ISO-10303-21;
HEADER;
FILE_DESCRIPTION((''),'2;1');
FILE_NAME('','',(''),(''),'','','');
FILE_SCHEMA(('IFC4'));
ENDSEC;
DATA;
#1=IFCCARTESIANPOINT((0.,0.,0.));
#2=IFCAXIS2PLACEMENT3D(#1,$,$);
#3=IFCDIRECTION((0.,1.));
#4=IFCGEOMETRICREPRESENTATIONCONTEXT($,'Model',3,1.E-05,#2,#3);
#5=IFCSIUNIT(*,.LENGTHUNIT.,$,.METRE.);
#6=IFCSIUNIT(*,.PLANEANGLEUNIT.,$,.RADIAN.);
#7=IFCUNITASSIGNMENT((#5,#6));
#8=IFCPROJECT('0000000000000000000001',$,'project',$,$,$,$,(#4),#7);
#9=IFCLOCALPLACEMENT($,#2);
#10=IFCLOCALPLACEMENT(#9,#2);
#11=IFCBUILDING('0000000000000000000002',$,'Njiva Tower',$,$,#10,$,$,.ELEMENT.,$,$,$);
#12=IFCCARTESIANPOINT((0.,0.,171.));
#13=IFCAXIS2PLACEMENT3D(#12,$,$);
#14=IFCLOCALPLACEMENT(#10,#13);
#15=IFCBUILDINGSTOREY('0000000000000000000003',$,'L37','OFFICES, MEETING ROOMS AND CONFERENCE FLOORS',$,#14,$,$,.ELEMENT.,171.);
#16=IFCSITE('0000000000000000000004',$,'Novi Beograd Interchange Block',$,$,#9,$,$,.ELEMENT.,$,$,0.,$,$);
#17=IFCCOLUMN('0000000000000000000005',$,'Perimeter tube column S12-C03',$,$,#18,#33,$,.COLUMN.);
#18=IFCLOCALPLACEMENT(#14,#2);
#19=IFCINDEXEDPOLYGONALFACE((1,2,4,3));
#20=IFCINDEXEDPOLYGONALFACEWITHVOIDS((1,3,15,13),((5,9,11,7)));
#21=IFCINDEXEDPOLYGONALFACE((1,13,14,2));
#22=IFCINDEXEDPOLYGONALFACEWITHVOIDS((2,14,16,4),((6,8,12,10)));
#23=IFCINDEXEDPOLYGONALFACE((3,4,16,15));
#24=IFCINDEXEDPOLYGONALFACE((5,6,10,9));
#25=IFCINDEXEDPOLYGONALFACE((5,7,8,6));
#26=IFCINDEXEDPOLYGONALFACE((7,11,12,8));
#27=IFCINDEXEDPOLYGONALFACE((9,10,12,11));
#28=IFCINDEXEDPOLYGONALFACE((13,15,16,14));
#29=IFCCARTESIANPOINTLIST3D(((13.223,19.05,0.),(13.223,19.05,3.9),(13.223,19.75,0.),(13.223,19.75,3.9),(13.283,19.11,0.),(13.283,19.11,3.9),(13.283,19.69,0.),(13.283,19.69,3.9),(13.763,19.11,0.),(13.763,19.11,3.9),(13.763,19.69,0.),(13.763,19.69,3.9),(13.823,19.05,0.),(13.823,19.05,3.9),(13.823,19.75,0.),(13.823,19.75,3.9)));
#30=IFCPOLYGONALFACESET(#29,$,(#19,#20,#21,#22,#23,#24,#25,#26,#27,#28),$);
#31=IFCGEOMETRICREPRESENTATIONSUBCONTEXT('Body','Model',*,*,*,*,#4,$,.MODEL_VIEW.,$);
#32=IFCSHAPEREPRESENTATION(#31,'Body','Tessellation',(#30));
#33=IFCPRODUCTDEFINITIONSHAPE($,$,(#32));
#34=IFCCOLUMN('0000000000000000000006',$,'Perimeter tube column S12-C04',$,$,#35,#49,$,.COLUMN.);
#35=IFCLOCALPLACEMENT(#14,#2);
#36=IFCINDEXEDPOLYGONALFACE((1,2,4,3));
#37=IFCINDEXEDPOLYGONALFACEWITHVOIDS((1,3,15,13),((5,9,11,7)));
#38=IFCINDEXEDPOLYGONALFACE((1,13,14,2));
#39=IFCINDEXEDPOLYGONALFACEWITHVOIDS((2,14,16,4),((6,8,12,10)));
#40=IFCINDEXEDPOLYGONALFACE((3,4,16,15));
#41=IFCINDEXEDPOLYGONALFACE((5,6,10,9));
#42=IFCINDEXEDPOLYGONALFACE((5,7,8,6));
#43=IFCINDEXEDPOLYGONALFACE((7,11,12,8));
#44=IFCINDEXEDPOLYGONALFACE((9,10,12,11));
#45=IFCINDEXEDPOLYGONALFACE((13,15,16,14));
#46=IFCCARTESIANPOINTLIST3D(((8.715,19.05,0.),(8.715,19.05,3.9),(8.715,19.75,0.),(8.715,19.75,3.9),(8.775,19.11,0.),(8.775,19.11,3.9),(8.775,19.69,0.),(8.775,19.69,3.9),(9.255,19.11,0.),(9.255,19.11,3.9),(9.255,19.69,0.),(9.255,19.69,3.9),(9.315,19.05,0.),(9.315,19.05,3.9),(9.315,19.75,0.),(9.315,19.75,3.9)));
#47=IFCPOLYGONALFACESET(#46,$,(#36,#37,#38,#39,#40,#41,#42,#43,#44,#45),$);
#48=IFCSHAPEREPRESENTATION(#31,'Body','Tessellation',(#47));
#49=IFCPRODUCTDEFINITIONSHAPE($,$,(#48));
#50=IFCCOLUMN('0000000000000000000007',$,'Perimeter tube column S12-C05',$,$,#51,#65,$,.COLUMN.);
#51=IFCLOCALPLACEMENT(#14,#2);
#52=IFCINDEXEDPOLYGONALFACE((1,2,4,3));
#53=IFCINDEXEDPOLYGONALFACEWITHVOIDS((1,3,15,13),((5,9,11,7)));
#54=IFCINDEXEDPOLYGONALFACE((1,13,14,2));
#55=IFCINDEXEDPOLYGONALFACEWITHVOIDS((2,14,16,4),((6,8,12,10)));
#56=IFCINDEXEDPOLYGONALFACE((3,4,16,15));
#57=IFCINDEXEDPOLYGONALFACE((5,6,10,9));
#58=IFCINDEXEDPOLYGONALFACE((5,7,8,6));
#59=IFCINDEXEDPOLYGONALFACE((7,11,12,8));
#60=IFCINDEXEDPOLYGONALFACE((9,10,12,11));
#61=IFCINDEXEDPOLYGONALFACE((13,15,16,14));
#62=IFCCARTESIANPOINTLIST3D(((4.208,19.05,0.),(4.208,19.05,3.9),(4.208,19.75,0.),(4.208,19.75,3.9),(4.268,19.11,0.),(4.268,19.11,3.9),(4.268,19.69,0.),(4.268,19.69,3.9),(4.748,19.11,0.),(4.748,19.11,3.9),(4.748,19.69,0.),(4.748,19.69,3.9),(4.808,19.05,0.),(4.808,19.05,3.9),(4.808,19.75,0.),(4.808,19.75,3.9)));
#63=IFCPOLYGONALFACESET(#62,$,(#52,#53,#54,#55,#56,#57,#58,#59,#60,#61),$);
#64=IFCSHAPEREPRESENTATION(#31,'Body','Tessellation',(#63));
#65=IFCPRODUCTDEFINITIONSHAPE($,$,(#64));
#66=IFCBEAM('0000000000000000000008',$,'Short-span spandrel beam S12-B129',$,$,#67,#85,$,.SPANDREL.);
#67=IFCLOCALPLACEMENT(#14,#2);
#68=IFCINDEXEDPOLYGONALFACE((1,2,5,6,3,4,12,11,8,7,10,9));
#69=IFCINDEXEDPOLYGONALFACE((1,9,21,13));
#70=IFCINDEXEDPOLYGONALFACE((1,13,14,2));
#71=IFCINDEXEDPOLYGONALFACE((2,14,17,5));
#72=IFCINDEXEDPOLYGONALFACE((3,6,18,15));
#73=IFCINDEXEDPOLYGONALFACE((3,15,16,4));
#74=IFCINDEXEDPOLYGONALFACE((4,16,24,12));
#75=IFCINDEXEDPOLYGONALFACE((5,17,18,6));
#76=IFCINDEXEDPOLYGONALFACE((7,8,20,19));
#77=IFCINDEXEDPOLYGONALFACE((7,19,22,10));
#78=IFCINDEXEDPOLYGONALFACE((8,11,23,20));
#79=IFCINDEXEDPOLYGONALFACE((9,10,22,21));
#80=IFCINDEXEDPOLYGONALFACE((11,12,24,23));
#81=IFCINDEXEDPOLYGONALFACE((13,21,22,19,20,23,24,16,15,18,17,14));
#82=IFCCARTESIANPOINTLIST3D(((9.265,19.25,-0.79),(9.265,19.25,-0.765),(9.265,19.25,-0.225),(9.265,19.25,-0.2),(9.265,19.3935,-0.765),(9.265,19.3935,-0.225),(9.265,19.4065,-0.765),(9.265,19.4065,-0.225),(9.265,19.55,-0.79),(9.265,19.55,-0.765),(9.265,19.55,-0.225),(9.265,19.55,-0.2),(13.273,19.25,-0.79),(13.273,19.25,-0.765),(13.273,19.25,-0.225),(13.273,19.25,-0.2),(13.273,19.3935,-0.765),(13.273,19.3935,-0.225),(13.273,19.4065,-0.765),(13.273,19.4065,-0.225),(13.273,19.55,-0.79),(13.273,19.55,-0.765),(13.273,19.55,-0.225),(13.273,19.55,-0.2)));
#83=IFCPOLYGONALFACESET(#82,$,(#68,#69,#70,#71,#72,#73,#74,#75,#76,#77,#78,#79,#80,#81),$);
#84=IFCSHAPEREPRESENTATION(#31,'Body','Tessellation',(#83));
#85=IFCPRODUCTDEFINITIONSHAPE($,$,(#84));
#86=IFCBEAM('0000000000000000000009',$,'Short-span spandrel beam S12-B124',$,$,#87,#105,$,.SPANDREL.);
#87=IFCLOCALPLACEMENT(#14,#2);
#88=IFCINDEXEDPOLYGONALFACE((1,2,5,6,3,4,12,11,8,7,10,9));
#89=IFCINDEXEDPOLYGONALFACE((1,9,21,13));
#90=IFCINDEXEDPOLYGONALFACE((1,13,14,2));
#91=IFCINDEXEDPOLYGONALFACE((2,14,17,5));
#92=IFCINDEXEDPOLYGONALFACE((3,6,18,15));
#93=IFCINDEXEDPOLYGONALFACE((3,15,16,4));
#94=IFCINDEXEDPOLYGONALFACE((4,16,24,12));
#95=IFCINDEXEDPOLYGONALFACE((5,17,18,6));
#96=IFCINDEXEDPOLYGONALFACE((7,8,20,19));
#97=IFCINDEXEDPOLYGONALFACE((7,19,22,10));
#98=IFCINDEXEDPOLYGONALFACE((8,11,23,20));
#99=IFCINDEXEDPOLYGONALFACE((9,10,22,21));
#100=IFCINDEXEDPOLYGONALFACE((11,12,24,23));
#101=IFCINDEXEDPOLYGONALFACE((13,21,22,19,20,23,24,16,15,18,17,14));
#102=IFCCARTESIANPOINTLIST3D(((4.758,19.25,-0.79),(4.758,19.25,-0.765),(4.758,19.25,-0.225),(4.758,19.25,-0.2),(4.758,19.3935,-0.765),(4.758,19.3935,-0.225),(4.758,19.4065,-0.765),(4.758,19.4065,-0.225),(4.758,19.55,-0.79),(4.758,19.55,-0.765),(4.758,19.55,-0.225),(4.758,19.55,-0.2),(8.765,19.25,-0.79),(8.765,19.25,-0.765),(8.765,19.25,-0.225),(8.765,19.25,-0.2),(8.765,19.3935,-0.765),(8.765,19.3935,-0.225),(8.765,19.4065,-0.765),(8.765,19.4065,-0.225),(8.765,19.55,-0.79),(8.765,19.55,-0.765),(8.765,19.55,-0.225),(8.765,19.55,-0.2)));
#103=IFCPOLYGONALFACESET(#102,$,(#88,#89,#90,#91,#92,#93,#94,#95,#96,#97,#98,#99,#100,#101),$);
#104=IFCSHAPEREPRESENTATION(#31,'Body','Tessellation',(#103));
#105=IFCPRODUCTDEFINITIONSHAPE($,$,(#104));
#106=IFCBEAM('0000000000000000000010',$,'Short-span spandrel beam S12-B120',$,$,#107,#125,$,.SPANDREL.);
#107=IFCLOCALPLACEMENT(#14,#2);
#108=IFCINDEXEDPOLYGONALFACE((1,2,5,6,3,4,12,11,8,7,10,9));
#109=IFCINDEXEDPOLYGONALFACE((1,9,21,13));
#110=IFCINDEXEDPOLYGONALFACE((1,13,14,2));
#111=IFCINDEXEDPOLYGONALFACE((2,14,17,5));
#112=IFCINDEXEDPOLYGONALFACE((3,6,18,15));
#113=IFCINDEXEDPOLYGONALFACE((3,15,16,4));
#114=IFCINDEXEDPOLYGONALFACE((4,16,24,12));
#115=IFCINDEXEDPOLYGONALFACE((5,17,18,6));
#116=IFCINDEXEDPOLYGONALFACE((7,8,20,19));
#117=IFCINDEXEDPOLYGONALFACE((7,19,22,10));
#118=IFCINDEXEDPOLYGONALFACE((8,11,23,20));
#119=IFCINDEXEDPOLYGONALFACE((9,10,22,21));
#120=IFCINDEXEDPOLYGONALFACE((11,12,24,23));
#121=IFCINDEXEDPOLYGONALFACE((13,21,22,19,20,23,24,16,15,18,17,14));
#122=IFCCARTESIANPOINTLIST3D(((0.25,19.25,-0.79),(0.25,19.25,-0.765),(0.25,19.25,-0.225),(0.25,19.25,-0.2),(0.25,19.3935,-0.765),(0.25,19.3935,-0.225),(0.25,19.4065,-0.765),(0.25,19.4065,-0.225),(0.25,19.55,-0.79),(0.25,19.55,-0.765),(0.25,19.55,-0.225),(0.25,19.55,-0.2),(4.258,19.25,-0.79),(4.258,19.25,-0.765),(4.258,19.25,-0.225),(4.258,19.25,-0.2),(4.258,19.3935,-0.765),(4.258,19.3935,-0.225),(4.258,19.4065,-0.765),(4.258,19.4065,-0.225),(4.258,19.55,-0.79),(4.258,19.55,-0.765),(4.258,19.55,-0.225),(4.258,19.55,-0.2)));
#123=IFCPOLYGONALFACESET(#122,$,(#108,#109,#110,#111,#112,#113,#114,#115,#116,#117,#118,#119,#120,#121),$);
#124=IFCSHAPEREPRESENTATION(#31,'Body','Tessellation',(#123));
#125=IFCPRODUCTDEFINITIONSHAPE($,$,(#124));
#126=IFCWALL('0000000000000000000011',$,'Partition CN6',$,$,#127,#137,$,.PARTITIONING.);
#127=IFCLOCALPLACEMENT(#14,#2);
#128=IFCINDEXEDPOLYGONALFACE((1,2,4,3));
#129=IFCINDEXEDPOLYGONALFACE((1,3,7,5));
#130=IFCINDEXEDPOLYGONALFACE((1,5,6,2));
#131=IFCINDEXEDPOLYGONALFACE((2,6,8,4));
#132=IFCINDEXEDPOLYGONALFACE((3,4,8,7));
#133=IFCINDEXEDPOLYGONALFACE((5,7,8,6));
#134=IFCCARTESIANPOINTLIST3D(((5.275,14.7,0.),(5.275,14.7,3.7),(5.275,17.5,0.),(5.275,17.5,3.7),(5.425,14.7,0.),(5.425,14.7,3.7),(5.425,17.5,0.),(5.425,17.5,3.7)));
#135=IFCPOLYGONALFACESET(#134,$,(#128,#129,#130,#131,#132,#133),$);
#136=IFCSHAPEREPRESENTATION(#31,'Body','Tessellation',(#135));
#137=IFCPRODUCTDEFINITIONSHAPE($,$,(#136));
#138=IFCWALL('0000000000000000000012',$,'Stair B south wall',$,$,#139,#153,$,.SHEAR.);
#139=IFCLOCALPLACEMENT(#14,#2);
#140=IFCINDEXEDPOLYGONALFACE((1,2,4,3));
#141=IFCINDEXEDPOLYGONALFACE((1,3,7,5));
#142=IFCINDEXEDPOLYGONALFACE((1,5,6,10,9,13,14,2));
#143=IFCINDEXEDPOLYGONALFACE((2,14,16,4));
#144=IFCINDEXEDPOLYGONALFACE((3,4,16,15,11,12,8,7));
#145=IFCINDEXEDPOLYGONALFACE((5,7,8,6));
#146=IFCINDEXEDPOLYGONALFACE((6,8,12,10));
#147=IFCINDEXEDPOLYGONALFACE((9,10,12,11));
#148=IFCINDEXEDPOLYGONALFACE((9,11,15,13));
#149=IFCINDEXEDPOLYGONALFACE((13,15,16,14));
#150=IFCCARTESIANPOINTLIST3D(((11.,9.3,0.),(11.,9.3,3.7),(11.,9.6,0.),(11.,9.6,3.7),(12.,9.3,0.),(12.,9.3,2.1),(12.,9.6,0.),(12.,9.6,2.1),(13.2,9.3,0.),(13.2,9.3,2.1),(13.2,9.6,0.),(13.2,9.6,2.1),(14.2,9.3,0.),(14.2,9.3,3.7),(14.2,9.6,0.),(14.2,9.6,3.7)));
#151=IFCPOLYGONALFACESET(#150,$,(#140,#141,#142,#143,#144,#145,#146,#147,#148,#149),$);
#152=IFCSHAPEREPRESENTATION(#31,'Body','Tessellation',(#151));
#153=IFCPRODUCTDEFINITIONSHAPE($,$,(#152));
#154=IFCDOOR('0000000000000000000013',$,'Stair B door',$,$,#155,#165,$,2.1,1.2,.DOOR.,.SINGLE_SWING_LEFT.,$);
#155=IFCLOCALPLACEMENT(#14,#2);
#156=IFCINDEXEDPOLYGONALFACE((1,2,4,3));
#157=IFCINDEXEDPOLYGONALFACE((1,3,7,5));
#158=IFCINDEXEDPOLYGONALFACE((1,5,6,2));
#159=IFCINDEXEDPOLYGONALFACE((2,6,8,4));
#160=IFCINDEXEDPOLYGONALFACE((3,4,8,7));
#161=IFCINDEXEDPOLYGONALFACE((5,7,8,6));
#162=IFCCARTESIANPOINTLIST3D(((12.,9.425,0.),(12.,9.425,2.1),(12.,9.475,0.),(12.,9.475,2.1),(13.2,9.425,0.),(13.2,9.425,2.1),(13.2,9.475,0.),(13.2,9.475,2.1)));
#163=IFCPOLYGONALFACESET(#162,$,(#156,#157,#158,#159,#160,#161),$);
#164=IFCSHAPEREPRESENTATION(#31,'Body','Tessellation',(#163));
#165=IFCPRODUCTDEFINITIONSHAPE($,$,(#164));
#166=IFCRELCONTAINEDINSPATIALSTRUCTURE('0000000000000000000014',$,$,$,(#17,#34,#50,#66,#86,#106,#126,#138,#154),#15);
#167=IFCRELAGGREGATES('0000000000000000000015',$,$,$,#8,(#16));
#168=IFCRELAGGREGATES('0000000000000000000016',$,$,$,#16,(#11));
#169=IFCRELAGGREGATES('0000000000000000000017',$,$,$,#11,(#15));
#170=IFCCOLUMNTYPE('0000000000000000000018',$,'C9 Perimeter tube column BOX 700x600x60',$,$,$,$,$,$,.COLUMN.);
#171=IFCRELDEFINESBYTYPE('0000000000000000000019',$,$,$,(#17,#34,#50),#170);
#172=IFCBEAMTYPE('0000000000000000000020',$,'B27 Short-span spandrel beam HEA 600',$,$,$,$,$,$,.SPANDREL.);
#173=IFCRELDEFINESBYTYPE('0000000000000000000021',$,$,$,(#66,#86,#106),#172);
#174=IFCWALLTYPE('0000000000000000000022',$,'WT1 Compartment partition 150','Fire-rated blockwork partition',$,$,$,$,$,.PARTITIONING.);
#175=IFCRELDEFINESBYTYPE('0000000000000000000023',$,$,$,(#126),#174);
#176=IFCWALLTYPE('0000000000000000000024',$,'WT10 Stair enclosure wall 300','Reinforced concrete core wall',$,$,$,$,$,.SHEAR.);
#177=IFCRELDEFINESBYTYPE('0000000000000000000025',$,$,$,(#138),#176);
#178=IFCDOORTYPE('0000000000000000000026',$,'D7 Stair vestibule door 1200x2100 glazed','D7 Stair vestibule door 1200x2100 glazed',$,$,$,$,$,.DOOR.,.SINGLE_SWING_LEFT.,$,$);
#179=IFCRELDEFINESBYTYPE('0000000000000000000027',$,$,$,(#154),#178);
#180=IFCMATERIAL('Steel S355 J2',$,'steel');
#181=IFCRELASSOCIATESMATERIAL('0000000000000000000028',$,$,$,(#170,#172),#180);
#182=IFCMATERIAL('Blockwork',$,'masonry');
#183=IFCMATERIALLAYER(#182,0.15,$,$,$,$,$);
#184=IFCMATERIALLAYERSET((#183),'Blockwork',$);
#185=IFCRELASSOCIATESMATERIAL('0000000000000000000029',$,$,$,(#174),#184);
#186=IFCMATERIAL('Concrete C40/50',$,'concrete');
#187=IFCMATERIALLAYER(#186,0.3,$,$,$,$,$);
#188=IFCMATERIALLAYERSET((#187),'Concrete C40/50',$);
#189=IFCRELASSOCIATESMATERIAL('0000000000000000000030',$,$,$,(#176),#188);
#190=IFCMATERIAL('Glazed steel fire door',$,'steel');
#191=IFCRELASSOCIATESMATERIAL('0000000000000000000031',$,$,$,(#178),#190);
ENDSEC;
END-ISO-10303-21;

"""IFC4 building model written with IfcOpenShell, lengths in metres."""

from ifc_helpers import new_model, si_unit, direction, frame, frame_2d, origin, origin_2d, place, context, subcontext, project, spatial, rectangle, hollow_rectangle, i_section, extrude, material, layer, layer_set, material_profile, profile_set, type_object, element, fill, save


model = new_model("IFC4")

# Units and contexts
model_context = context("Model", 3, precision=1e-05, world=origin(), true_north=direction((0.0, 1.0)))
body_context = subcontext(model_context, "Body", "Model", "MODEL_VIEW")
ifc_project = project(units=[si_unit("LENGTHUNIT", "METRE"), si_unit("PLANEANGLEUNIT", "RADIAN")], contexts=[model_context])

# Site, building, storey
site_placement = place(None, origin())
site = spatial("IfcSite", under=ifc_project, at=site_placement, Name="Novi Beograd Interchange Block", CompositionType="ELEMENT", RefElevation=0.0)
building_placement = place(site_placement, origin())
building = spatial("IfcBuilding", under=site, at=building_placement, Name="Njiva Tower", CompositionType="ELEMENT")
storey_placement = place(building_placement, frame((0.0, 0.0, 171.0)))
storey = spatial("IfcBuildingStorey", under=building, at=storey_placement, Name="L37", Description="OFFICES, MEETING ROOMS AND CONFERENCE FLOORS", CompositionType="ELEMENT", Elevation=171.0)

# Columns
ifc_material_1 = material(Name="Steel S355 J2", Category="steel")
ifc_material_profile_1 = material_profile(ifc_material_1, hollow_rectangle(XDim=0.6, YDim=0.7, WallThickness=0.06, at=origin_2d()), Name="BOX 700x600x60")
ifc_profile_set_1 = profile_set([ifc_material_profile_1], Name="Steel S355 J2")
column_type = type_object("IfcColumnType", Name="C9 Perimeter tube column BOX 700x600x60", PredefinedType="COLUMN", material=ifc_profile_set_1)
for number, where, z_axis, x_axis, name in (
    (1, (13.523, 19.4, 0.0), (0.0, 0.0, 1.0), (-1.0, 0.0, 0.0), "Perimeter tube column S12-C03"),
    (2, (9.015, 19.4, 0.0), (0.0, 0.0, 1.0), (-1.0, 0.0, 0.0), "Perimeter tube column S12-C04"),
    (3, (4.508, 19.4, 0.0), (0.0, 0.0, 1.0), (-1.0, 0.0, 0.0), "Perimeter tube column S12-C05"),
):
    element("IfcColumn", number, at=place(storey_placement, frame(where, z_axis=z_axis, x_axis=x_axis)), inside=storey, type_object=column_type, Name=name, PredefinedType="COLUMN", context=body_context, shape_type="SweptSolid", body=[
        extrude(hollow_rectangle(XDim=0.6, YDim=0.7, WallThickness=0.06, at=origin_2d()), origin(), (0.0, 0.0, 1.0), 3.9),
    ])

# Beams
ifc_material_profile_2 = material_profile(ifc_material_1, i_section(OverallWidth=0.3, OverallDepth=0.59, WebThickness=0.013, FlangeThickness=0.025, at=origin_2d()), Name="HEA 600")
ifc_profile_set_2 = profile_set([ifc_material_profile_2], Name="Steel S355 J2")
beam_type = type_object("IfcBeamType", Name="B27 Short-span spandrel beam HEA 600", PredefinedType="SPANDREL", material=ifc_profile_set_2)
beam_1_placement = place(storey_placement, frame((13.273, 19.4, -0.495), z_axis=(-1.0, 0.0, 0.0), x_axis=(0.0, -1.0, 0.0)))
element("IfcBeam", 4, at=beam_1_placement, inside=storey, type_object=beam_type, Name="Short-span spandrel beam S12-B129", PredefinedType="SPANDREL", context=body_context, shape_type="SweptSolid", body=[
    extrude(i_section(OverallWidth=0.3, OverallDepth=0.59, WebThickness=0.013, FlangeThickness=0.025, at=origin_2d()), origin(), (0.0, 0.0, 1.0), 4.008),
])
beam_2_placement = place(storey_placement, frame((8.765, 19.4, -0.495), z_axis=(-1.0, 0.0, 0.0), x_axis=(0.0, -1.0, 0.0)))
element("IfcBeam", 5, at=beam_2_placement, inside=storey, type_object=beam_type, Name="Short-span spandrel beam S12-B124", PredefinedType="SPANDREL", context=body_context, shape_type="SweptSolid", body=[
    extrude(i_section(OverallWidth=0.3, OverallDepth=0.59, WebThickness=0.013, FlangeThickness=0.025, at=origin_2d()), origin(), (0.0, 0.0, 1.0), 4.007),
])
beam_3_placement = place(storey_placement, frame((4.258, 19.4, -0.495), z_axis=(-1.0, 0.0, 0.0), x_axis=(0.0, -1.0, 0.0)))
element("IfcBeam", 6, at=beam_3_placement, inside=storey, type_object=beam_type, Name="Short-span spandrel beam S12-B120", PredefinedType="SPANDREL", context=body_context, shape_type="SweptSolid", body=[
    extrude(i_section(OverallWidth=0.3, OverallDepth=0.59, WebThickness=0.013, FlangeThickness=0.025, at=origin_2d()), origin(), (0.0, 0.0, 1.0), 4.008),
])

# Wall
ifc_material_2 = material(Name="Blockwork", Category="masonry")
ifc_layer_1 = layer(ifc_material_2, 0.15)
ifc_layer_set_1 = layer_set([ifc_layer_1], Name="Blockwork")
wall_type_1 = type_object("IfcWallType", Name="WT1 Compartment partition 150", Description="Fire-rated blockwork partition", PredefinedType="PARTITIONING", material=ifc_layer_set_1)
wall_1_placement = place(storey_placement, frame((5.35, 14.7, 0.0), z_axis=(0.0, 0.0, 1.0), x_axis=(0.0, 1.0, 0.0)))
element("IfcWall", 7, at=wall_1_placement, inside=storey, type_object=wall_type_1, Name="Partition CN6", PredefinedType="PARTITIONING", context=body_context, shape_type="SweptSolid", body=[
    extrude(rectangle(XDim=2.8, YDim=0.15, at=frame_2d((1.4, 0.0))), origin(), (0.0, 0.0, 1.0), 3.7),
])

# Wall, opening, door
ifc_material_3 = material(Name="Concrete C40/50", Category="concrete")
ifc_layer_2 = layer(ifc_material_3, 0.3)
ifc_layer_set_2 = layer_set([ifc_layer_2], Name="Concrete C40/50")
wall_type_2 = type_object("IfcWallType", Name="WT10 Stair enclosure wall 300", Description="Reinforced concrete core wall", PredefinedType="SHEAR", material=ifc_layer_set_2)
wall_2_placement = place(storey_placement, frame((11.0, 9.45, 0.0), z_axis=(0.0, 0.0, 1.0), x_axis=(1.0, 0.0, 0.0)))
wall_2 = element("IfcWall", 8, at=wall_2_placement, inside=storey, type_object=wall_type_2, Name="Stair B south wall", PredefinedType="SHEAR", context=body_context, shape_type="SweptSolid", body=[
    extrude(rectangle(XDim=3.2, YDim=0.3, at=frame_2d((1.6, 0.0))), origin(), (0.0, 0.0, 1.0), 3.7),
])
opening_1_placement = place(wall_2_placement, frame((1.0, 0.0, 0.0)))
opening_1 = element("IfcOpeningElement", 9, at=opening_1_placement, cuts=wall_2, PredefinedType="OPENING", context=body_context, shape_type="SweptSolid", body=[
    extrude(rectangle(XDim=1.2, YDim=2.1, at=frame_2d((0.6, 1.05))), frame((0.0, 0.16, 0.0), z_axis=(0.0, -1.0, 0.0), x_axis=(1.0, 0.0, 0.0)), (0.0, 0.0, 1.0), 0.32),
])
ifc_material_4 = material(Name="Glazed steel fire door", Category="steel")
door_type_1 = type_object("IfcDoorType", Name="D7 Stair vestibule door 1200x2100 glazed", Description="D7 Stair vestibule door 1200x2100 glazed", OperationType="SINGLE_SWING_LEFT", PredefinedType="DOOR", material=ifc_material_4)
door_1_placement = place(opening_1_placement, origin())
door_1 = element("IfcDoor", 10, at=door_1_placement, inside=storey, type_object=door_type_1, Name="Stair B door", OperationType="SINGLE_SWING_LEFT", OverallHeight=2.1, OverallWidth=1.2, PredefinedType="DOOR", context=body_context, shape_type="SweptSolid", body=[
    extrude(rectangle(XDim=1.2, YDim=2.1, at=frame_2d((0.6, 1.05))), frame((0.0, 0.025, 0.0), z_axis=(0.0, -1.0, 0.0), x_axis=(1.0, 0.0, 0.0)), (0.0, 0.0, 1.0), 0.05),
])
fill(opening_1, door_1)

save(model, "model.ifc")
